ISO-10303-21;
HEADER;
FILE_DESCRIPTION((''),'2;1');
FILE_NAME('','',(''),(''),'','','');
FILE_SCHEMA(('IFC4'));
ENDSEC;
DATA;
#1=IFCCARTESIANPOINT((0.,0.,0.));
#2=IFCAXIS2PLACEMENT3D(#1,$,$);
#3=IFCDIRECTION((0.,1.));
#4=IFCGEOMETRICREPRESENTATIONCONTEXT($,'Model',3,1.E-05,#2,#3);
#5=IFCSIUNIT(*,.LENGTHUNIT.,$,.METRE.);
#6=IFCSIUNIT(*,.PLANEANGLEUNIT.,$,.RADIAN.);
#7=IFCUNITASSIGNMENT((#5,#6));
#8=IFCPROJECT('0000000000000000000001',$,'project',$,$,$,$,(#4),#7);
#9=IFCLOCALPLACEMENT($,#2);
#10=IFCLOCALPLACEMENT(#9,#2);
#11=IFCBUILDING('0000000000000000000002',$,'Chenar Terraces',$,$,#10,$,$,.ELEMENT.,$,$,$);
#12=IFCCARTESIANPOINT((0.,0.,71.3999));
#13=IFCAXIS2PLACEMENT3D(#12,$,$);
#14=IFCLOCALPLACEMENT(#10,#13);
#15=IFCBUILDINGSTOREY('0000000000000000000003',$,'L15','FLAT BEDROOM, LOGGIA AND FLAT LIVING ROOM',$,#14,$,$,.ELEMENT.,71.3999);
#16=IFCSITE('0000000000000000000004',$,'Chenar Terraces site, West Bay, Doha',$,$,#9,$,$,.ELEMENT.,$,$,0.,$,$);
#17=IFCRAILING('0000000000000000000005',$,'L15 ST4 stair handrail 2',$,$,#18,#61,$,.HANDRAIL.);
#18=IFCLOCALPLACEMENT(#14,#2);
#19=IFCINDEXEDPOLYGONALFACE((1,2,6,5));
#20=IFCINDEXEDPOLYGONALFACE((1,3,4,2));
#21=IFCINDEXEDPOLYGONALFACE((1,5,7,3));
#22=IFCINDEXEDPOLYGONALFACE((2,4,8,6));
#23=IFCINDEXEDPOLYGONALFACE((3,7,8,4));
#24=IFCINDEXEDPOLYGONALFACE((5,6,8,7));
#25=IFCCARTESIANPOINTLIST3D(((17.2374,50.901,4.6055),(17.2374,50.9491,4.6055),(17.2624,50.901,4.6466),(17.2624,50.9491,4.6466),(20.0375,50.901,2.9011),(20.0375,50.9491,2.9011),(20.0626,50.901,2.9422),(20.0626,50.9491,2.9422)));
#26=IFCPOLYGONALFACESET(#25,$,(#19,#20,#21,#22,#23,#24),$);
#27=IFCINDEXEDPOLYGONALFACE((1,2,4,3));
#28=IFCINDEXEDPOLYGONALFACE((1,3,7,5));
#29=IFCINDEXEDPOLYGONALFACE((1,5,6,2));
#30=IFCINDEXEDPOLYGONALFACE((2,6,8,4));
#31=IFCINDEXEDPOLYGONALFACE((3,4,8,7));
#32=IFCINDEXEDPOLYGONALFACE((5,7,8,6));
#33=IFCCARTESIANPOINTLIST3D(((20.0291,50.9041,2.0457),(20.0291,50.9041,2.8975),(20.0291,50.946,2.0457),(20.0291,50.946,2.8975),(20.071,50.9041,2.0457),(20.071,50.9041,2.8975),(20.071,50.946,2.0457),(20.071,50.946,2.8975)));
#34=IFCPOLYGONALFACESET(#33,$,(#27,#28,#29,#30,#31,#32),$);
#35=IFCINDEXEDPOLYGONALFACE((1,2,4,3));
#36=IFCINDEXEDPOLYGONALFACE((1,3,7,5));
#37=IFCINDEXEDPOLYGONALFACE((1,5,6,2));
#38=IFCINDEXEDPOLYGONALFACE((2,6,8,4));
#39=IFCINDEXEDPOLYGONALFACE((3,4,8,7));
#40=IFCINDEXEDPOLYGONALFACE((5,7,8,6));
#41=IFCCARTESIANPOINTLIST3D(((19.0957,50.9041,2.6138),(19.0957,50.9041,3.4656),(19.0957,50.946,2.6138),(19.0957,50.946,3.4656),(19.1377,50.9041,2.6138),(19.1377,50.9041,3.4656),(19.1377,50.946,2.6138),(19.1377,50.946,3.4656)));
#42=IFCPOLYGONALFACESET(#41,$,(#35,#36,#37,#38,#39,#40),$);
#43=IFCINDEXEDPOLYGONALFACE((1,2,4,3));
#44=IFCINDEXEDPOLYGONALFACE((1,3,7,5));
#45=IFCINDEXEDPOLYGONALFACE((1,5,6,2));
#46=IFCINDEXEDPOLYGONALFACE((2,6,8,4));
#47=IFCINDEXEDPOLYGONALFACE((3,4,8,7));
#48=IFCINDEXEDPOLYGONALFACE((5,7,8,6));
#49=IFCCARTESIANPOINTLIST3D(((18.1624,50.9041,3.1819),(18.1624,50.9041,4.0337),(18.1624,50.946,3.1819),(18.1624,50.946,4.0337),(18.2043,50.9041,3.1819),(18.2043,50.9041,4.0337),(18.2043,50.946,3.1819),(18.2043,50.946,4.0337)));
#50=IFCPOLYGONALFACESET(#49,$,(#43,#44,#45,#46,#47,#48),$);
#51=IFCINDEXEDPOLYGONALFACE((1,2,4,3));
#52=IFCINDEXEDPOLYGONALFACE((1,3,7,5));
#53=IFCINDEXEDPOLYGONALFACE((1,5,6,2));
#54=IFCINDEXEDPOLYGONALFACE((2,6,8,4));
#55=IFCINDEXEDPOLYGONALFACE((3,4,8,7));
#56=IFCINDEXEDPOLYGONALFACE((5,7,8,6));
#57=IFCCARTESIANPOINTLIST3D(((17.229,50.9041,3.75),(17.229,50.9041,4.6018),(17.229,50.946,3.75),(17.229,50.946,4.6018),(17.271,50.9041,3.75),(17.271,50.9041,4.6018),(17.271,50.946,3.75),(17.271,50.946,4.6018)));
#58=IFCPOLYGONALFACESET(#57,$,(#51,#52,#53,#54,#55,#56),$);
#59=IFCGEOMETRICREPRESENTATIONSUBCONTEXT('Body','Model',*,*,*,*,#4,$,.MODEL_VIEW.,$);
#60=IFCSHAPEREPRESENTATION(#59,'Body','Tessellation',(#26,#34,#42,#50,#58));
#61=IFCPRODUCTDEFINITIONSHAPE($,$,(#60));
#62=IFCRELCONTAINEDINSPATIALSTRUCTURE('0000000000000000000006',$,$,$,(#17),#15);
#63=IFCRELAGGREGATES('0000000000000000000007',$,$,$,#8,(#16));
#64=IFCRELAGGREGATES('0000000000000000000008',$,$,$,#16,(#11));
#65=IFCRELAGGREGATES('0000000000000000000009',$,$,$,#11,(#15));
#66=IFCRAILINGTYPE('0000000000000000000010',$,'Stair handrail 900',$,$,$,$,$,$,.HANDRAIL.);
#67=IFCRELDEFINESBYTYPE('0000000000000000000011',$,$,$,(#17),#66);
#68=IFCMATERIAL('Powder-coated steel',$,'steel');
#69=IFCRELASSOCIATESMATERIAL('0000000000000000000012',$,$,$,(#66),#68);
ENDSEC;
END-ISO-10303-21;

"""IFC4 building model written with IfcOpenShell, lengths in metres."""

from ifc_helpers import new_model, si_unit, direction, frame, origin, origin_2d, place, context, subcontext, project, spatial, rectangle, extrude, material, type_object, element, save


model = new_model("IFC4")

# Units and contexts
model_context = context("Model", 3, precision=1e-05, world=origin(), true_north=direction((0.0, 1.0)))
body_context = subcontext(model_context, "Body", "Model", "MODEL_VIEW")
ifc_project = project(units=[si_unit("LENGTHUNIT", "METRE"), si_unit("PLANEANGLEUNIT", "RADIAN")], contexts=[model_context])

# Site, building, storey
site_placement = place(None, origin())
site = spatial("IfcSite", under=ifc_project, at=site_placement, Name="Chenar Terraces site, West Bay, Doha", CompositionType="ELEMENT", RefElevation=0.0)
building_placement = place(site_placement, origin())
building = spatial("IfcBuilding", under=site, at=building_placement, Name="Chenar Terraces", CompositionType="ELEMENT")
storey_placement = place(building_placement, frame((0.0, 0.0, 71.3999)))
storey = spatial("IfcBuildingStorey", under=building, at=storey_placement, Name="L15", Description="FLAT BEDROOM, LOGGIA AND FLAT LIVING ROOM", CompositionType="ELEMENT", Elevation=71.3999)

# Railing
ifc_material_1 = material(Name="Powder-coated steel", Category="steel")
railing_type_1 = type_object("IfcRailingType", Name="Stair handrail 900", PredefinedType="HANDRAIL", material=ifc_material_1)
railing_1_placement = place(storey_placement, frame((20.05, 50.925, 2.0457)))
element("IfcRailing", 1, at=railing_1_placement, inside=storey, type_object=railing_type_1, Name="L15 ST4 stair handrail 2", PredefinedType="HANDRAIL", context=body_context, shape_type="SweptSolid", body=[
    extrude(rectangle(XDim=0.0481, YDim=0.0481, at=origin_2d()), frame((0.0, 0.0, 0.876), z_axis=(-0.854203, 0.0, 0.51994), x_axis=(0.0, -1.0, 0.0)), (0.0, 0.0, 1.0), 3.2781),
    extrude(rectangle(XDim=0.042, YDim=0.042, at=origin_2d()), origin(), (0.0, 0.0, 1.0), 0.8518),
    extrude(rectangle(XDim=0.042, YDim=0.042, at=origin_2d()), frame((-0.9333, 0.0, 0.5681)), (0.0, 0.0, 1.0), 0.8518),
    extrude(rectangle(XDim=0.042, YDim=0.042, at=origin_2d()), frame((-1.8667, 0.0, 1.1362)), (0.0, 0.0, 1.0), 0.8518),
    extrude(rectangle(XDim=0.042, YDim=0.042, at=origin_2d()), frame((-2.8, 0.0, 1.7043)), (0.0, 0.0, 1.0), 0.8518),
])

save(model, "model.ifc")
